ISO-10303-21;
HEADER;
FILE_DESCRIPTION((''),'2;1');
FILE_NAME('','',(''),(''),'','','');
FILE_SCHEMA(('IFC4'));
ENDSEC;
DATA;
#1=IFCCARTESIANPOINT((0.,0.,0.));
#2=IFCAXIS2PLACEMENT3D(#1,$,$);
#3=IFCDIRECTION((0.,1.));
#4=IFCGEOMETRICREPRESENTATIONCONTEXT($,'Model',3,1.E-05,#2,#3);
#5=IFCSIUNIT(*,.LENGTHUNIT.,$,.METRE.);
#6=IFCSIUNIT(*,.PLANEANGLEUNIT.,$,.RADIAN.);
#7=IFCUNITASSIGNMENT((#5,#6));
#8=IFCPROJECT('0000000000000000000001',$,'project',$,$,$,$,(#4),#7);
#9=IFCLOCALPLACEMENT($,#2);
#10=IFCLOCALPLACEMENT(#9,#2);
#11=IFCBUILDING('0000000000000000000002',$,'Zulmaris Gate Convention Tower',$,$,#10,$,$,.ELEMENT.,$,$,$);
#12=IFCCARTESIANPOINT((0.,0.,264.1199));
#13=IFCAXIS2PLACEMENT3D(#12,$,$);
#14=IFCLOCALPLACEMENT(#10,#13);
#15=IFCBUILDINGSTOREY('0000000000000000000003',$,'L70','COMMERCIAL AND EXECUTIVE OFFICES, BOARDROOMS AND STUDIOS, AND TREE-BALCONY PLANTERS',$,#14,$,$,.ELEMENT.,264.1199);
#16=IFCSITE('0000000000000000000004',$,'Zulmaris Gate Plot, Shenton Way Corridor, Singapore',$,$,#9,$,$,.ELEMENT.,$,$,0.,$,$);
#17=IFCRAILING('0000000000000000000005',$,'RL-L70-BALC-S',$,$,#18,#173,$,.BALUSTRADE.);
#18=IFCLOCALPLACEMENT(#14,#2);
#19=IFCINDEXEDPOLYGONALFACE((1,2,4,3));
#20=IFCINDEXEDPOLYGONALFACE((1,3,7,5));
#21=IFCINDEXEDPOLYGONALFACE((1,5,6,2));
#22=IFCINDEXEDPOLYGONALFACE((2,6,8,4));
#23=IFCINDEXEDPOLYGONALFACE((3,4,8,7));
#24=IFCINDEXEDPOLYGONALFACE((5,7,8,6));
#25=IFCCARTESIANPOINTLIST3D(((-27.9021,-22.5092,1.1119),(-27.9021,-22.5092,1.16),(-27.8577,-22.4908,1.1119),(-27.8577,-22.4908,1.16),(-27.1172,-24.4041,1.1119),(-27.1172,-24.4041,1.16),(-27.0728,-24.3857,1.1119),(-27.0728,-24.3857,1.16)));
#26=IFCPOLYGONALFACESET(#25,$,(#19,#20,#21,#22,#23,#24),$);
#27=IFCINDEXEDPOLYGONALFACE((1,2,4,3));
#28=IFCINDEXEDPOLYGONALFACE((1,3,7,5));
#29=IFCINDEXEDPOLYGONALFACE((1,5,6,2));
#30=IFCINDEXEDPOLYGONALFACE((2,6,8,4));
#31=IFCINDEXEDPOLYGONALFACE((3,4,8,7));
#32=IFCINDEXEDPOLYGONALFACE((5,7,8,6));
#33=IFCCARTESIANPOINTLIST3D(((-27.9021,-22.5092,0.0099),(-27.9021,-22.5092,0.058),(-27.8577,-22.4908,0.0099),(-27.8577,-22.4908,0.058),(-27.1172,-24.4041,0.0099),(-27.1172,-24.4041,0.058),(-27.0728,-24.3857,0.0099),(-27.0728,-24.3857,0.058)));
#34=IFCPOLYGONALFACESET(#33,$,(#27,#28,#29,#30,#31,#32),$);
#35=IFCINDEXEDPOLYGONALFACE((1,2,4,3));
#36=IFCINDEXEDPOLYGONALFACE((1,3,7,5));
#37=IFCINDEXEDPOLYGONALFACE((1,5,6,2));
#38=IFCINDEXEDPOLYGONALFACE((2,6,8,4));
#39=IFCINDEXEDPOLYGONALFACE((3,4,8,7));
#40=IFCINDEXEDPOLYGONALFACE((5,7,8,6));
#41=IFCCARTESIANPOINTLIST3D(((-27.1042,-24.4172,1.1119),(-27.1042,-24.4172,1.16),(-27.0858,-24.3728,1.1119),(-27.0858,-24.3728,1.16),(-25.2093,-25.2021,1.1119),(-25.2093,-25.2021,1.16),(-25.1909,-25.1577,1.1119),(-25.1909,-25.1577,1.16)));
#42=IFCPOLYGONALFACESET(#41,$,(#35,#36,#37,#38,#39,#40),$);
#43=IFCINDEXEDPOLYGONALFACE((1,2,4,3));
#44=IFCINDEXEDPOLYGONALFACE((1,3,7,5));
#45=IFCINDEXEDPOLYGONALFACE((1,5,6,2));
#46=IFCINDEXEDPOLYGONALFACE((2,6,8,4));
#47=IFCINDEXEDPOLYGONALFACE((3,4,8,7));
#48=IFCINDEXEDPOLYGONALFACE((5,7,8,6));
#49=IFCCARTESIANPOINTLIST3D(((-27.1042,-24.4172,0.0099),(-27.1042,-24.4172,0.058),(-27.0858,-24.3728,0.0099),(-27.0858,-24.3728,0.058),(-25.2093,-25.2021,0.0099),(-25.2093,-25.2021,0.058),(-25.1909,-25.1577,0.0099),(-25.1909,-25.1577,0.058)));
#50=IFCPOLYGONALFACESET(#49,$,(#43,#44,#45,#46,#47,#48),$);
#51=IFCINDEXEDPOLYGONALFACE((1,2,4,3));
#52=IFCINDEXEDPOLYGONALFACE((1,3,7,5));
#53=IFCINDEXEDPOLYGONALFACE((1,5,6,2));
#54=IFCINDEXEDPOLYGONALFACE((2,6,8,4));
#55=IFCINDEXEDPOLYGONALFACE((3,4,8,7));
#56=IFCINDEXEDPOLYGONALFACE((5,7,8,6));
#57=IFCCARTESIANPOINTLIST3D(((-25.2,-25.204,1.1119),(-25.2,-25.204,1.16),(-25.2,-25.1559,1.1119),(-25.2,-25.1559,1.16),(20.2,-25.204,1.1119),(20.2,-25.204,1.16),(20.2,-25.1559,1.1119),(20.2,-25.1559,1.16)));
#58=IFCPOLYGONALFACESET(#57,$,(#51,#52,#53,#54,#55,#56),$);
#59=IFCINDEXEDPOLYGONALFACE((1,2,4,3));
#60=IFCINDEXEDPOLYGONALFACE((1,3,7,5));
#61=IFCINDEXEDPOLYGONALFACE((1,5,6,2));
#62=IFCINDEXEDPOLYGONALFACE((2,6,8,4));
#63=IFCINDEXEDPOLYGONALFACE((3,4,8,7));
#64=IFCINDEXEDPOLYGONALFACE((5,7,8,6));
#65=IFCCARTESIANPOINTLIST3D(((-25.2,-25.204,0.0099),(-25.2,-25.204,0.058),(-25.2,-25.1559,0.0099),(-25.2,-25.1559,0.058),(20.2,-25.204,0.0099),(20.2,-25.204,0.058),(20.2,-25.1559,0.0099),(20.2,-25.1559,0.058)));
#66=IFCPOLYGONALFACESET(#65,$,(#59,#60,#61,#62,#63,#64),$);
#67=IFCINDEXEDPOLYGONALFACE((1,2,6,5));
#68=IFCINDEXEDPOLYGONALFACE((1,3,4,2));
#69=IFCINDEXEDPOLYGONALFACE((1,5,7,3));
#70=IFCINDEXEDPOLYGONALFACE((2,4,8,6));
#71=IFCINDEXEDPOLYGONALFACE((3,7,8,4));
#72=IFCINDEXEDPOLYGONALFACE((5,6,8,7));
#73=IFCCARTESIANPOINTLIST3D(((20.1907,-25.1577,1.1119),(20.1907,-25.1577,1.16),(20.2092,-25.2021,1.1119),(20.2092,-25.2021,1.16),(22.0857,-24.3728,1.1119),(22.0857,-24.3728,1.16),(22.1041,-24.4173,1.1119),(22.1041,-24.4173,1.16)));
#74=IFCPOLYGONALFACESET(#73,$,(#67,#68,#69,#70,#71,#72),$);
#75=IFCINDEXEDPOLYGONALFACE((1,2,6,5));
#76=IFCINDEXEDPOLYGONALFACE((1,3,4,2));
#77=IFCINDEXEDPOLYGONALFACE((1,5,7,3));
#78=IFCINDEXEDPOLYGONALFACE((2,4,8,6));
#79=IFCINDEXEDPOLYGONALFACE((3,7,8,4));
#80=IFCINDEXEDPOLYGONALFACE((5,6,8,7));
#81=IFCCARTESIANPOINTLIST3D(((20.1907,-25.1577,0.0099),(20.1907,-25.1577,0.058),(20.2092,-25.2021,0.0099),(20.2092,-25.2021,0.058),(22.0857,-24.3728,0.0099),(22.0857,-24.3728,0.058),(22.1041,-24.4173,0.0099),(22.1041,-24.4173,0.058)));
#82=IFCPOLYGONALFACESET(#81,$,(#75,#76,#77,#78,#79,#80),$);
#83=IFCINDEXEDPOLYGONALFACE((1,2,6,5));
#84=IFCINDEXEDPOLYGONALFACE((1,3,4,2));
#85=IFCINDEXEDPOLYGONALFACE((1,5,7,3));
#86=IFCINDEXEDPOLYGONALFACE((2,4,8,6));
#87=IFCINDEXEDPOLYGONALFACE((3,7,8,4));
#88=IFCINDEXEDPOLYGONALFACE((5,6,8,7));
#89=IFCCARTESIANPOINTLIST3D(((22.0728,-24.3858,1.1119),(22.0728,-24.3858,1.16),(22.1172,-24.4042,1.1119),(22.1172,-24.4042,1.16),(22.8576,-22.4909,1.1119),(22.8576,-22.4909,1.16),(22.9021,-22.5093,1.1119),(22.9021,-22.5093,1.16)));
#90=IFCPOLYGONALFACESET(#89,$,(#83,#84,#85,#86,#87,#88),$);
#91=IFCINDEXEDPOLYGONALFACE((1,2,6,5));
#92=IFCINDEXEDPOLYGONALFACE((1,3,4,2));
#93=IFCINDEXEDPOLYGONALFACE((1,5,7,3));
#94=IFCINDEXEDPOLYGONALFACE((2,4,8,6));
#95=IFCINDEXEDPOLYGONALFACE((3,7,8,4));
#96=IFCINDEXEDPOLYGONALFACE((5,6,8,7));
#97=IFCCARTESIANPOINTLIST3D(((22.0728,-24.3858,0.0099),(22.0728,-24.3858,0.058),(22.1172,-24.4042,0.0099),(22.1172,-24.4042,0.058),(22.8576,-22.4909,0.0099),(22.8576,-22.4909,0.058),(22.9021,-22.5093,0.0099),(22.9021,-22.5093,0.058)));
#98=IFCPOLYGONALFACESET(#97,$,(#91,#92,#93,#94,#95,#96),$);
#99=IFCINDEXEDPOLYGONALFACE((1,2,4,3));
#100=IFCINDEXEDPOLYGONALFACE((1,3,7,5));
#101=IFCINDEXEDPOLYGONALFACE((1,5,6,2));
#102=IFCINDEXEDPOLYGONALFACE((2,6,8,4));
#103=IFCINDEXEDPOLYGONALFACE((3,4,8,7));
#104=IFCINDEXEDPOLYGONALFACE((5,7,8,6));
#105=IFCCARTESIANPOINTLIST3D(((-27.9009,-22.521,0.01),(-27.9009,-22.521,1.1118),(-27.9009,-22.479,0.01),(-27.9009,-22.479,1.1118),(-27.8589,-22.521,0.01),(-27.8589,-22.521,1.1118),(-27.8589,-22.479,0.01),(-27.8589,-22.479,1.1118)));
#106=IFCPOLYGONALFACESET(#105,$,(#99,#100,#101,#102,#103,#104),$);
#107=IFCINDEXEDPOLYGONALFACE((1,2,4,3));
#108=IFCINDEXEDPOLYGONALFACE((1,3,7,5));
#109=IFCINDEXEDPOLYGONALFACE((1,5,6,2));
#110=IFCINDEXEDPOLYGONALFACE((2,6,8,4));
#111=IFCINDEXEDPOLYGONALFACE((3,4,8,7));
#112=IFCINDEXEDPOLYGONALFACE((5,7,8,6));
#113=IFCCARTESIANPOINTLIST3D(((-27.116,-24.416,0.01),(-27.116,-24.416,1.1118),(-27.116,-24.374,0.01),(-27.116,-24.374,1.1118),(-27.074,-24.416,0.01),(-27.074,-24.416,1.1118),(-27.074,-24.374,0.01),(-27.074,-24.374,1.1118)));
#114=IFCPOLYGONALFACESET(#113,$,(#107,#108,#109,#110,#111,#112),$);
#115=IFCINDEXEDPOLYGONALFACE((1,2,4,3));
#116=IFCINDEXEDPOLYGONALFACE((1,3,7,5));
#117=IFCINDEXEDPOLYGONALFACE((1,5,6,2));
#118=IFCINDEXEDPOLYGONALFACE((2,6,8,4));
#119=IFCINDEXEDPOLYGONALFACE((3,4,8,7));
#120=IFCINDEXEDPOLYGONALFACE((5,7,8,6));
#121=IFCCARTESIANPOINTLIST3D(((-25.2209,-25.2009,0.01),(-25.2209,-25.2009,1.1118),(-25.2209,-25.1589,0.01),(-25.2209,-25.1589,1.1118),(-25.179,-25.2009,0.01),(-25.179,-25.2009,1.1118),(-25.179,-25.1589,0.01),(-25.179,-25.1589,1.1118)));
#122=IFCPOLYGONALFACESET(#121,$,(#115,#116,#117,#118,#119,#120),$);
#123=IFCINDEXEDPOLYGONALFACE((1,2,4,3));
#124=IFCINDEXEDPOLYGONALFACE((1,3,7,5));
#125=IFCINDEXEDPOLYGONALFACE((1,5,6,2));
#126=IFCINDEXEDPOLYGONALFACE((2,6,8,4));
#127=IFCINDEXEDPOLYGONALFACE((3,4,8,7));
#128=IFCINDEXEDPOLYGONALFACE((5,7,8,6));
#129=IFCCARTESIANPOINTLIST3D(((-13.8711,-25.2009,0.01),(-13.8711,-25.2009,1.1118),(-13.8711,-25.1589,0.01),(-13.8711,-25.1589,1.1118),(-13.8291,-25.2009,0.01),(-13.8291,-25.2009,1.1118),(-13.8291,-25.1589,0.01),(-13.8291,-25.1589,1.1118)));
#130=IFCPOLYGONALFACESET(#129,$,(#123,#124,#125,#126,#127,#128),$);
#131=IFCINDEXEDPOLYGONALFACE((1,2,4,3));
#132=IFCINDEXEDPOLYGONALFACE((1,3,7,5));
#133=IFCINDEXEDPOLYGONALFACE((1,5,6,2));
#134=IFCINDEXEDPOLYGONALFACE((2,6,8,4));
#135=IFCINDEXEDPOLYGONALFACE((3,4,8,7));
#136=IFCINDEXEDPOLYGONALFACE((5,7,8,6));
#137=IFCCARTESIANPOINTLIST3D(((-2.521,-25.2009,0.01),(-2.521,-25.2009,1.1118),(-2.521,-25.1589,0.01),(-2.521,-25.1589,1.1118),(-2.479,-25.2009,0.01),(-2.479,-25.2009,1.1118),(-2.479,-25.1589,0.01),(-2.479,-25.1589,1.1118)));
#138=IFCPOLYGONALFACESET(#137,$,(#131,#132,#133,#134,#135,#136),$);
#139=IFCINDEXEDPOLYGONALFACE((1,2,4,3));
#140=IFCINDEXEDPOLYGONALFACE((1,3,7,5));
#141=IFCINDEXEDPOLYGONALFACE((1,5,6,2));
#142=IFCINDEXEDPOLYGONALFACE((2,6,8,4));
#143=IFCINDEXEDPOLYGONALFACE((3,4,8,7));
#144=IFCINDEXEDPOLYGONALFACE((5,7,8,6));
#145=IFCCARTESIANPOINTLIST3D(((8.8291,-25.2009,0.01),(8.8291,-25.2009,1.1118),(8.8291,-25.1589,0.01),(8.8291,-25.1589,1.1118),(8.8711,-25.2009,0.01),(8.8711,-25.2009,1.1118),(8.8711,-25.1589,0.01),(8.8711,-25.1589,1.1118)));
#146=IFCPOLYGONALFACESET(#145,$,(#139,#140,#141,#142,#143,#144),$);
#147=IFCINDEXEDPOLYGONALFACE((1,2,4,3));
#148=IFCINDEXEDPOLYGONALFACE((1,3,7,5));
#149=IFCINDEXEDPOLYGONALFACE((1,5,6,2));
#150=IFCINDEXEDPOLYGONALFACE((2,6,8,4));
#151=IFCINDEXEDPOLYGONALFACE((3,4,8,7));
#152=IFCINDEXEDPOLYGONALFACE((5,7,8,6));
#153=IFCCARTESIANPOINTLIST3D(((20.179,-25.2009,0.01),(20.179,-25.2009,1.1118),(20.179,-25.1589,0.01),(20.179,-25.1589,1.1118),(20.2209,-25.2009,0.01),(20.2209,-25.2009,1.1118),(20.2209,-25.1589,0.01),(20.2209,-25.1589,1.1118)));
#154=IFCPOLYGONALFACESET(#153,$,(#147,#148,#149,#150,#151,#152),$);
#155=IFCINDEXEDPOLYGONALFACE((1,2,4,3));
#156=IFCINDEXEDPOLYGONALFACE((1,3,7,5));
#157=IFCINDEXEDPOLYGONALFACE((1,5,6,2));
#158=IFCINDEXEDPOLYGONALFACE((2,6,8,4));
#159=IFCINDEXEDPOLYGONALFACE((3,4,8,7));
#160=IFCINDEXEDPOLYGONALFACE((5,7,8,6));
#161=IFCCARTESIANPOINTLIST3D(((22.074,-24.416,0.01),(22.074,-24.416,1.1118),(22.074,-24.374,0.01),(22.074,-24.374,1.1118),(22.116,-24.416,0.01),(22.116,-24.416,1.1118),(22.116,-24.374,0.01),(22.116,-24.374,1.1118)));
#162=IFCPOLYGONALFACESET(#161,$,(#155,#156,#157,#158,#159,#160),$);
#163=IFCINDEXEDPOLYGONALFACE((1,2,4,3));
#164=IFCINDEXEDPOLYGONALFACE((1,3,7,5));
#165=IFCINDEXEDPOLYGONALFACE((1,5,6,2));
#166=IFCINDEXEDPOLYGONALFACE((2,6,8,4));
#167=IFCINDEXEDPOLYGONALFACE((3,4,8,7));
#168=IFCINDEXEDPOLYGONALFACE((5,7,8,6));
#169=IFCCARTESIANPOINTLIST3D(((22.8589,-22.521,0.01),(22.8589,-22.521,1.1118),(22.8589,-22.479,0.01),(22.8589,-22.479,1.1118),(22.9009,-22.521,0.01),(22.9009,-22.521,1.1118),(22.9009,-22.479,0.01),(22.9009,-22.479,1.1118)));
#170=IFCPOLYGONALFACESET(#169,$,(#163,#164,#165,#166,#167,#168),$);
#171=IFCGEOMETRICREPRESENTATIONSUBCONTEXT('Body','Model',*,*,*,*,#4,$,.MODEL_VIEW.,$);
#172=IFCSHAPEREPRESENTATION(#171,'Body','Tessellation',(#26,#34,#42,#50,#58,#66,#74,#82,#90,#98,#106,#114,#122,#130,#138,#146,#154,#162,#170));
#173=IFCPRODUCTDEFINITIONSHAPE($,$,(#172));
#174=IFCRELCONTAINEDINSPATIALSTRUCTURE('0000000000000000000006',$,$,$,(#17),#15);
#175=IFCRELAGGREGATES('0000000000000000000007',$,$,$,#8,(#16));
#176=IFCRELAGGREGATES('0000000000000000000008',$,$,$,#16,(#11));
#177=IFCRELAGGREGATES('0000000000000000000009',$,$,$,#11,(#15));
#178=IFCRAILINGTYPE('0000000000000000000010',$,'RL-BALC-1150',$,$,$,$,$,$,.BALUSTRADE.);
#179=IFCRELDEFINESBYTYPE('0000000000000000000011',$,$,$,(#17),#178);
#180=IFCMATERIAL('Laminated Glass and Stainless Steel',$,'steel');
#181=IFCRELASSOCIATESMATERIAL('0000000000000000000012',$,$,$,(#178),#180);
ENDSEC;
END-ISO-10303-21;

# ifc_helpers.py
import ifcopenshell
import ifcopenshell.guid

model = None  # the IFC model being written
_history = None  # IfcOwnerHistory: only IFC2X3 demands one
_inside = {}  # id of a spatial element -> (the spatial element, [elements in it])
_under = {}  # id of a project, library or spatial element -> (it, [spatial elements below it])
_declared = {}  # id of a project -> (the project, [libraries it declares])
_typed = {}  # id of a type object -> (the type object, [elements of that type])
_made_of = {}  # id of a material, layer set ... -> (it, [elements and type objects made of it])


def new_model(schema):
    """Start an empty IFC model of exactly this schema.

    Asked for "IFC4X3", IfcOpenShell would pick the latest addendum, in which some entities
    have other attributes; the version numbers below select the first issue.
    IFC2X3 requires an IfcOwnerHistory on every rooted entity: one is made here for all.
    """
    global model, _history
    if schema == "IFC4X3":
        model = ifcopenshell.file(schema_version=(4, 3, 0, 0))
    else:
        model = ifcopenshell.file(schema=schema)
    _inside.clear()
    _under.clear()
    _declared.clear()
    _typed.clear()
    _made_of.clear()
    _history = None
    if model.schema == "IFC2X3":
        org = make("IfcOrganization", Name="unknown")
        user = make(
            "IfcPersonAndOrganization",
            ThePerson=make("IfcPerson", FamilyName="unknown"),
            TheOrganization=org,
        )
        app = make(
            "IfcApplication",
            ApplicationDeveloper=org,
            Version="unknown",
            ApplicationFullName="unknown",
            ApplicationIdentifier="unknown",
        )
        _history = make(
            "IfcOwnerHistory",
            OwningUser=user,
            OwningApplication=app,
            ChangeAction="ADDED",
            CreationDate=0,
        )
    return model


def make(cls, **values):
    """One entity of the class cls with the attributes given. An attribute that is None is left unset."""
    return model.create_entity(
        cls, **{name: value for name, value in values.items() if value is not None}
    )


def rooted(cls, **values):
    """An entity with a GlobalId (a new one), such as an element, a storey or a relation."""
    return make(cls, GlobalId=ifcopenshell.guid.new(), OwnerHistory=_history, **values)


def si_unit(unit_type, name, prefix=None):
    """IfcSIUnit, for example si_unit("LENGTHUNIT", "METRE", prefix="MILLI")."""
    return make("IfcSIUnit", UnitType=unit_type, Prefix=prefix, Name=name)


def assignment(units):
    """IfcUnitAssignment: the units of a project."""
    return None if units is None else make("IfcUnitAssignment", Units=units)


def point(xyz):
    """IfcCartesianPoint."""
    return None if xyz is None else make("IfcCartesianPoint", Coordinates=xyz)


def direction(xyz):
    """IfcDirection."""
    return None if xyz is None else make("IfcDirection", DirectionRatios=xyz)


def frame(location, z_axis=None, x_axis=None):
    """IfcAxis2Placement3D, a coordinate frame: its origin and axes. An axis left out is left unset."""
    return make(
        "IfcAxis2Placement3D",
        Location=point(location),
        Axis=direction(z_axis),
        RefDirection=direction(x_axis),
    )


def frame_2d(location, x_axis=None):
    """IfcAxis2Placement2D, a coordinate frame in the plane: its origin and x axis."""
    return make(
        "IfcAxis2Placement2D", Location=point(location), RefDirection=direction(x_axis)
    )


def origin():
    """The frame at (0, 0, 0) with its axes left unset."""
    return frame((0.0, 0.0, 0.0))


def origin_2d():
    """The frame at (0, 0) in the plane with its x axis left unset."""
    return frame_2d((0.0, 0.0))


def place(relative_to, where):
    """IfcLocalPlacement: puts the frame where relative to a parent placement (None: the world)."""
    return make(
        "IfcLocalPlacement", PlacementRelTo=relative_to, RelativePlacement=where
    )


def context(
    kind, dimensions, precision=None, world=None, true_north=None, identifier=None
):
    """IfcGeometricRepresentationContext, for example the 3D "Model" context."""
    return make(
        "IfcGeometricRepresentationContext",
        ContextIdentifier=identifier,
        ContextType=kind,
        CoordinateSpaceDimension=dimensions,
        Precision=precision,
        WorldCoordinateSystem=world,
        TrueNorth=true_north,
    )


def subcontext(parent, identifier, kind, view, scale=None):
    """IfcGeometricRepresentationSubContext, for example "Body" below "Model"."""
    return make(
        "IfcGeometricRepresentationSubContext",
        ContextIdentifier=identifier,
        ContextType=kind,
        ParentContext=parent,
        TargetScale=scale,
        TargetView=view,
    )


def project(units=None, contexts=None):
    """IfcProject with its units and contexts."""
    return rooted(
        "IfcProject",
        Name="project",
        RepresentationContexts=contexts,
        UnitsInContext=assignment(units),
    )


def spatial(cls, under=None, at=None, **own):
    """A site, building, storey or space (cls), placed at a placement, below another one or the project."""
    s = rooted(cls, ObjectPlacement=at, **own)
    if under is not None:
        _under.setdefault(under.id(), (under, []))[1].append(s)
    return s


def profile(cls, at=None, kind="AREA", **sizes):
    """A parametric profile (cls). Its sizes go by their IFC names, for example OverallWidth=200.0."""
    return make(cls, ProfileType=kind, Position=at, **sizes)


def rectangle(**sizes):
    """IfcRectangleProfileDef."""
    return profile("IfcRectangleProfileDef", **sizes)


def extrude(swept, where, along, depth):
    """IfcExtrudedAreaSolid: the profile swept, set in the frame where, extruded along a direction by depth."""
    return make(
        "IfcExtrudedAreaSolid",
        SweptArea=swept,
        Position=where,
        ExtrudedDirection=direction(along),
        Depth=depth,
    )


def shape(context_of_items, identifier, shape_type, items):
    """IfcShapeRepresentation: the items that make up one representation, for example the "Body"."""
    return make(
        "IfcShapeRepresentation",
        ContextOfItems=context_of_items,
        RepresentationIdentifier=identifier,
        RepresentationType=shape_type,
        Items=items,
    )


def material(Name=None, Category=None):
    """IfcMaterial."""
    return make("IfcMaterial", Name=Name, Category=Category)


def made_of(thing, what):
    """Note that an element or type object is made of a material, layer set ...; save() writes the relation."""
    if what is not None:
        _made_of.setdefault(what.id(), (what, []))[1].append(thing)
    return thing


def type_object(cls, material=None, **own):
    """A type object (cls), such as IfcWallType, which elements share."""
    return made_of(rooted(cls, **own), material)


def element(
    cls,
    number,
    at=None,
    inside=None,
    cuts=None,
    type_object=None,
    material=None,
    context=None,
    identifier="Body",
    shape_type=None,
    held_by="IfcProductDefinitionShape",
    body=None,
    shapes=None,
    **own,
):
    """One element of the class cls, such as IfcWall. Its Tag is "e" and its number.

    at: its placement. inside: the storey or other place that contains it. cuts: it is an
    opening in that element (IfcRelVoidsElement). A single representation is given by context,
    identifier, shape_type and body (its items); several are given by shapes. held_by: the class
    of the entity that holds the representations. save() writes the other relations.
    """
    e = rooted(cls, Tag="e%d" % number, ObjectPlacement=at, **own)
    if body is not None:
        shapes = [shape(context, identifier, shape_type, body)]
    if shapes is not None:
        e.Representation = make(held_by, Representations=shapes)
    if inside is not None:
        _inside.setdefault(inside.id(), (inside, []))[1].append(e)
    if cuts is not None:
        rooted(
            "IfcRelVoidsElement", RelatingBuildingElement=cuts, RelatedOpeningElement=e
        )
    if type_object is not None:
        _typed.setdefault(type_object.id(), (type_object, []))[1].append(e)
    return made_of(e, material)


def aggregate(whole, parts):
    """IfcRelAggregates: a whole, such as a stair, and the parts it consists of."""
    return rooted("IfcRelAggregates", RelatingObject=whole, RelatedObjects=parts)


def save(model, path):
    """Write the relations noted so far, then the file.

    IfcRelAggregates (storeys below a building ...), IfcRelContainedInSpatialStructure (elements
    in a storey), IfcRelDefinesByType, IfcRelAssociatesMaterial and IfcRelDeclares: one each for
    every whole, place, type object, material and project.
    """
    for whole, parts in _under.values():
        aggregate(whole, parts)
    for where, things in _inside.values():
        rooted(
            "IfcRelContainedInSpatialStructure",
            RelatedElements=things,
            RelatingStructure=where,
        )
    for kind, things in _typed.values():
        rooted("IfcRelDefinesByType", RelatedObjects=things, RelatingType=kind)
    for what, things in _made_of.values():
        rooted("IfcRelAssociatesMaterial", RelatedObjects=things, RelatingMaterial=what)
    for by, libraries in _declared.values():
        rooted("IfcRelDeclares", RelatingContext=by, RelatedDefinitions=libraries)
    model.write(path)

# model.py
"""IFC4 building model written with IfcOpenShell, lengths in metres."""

from ifc_helpers import new_model, si_unit, direction, frame, origin, origin_2d, place, context, subcontext, project, spatial, rectangle, extrude, material, type_object, element, save


model = new_model("IFC4")

# Units and contexts
model_context = context("Model", 3, precision=1e-05, world=origin(), true_north=direction((0.0, 1.0)))
body_context = subcontext(model_context, "Body", "Model", "MODEL_VIEW")
ifc_project = project(units=[si_unit("LENGTHUNIT", "METRE"), si_unit("PLANEANGLEUNIT", "RADIAN")], contexts=[model_context])

# Site, building, storey
site_placement = place(None, origin())
site = spatial("IfcSite", under=ifc_project, at=site_placement, Name="Zulmaris Gate Plot, Shenton Way Corridor, Singapore", CompositionType="ELEMENT", RefElevation=0.0)
building_placement = place(site_placement, origin())
building = spatial("IfcBuilding", under=site, at=building_placement, Name="Zulmaris Gate Convention Tower", CompositionType="ELEMENT")
storey_placement = place(building_placement, frame((0.0, 0.0, 264.1199)))
storey = spatial("IfcBuildingStorey", under=building, at=storey_placement, Name="L70", Description="COMMERCIAL AND EXECUTIVE OFFICES, BOARDROOMS AND STUDIOS, AND TREE-BALCONY PLANTERS", CompositionType="ELEMENT", Elevation=264.1199)

# Railing
ifc_material_1 = material(Name="Laminated Glass and Stainless Steel", Category="steel")
railing_type = type_object("IfcRailingType", Name="RL-BALC-1150", PredefinedType="BALUSTRADE", material=ifc_material_1)
railing_placement = place(storey_placement, frame((-27.8799, -22.5, 0.01)))
element("IfcRailing", 1, at=railing_placement, inside=storey, type_object=railing_type, Name="RL-L70-BALC-S", PredefinedType="BALUSTRADE", context=body_context, shape_type="SweptSolid", body=[
    extrude(rectangle(XDim=0.0481, YDim=0.0481, at=origin_2d()), frame((0.0, 0.0, 1.126), z_axis=(0.382671, -0.923885, 0.0), x_axis=(0.923885, 0.382671, 0.0)), (0.0, 0.0, 1.0), 2.051),
    extrude(rectangle(XDim=0.0481, YDim=0.0481, at=origin_2d()), frame((0.0, 0.0, 0.0239), z_axis=(0.382671, -0.923885, 0.0), x_axis=(0.923885, 0.382671, 0.0)), (0.0, 0.0, 1.0), 2.051),
    extrude(rectangle(XDim=0.0481, YDim=0.0481, at=origin_2d()), frame((0.7849, -1.895, 1.126), z_axis=(0.923885, -0.382671, 0.0), x_axis=(0.382671, 0.923885, 0.0)), (0.0, 0.0, 1.0), 2.051),
    extrude(rectangle(XDim=0.0481, YDim=0.0481, at=origin_2d()), frame((0.7849, -1.895, 0.0239), z_axis=(0.923885, -0.382671, 0.0), x_axis=(0.382671, 0.923885, 0.0)), (0.0, 0.0, 1.0), 2.051),
    extrude(rectangle(XDim=0.0481, YDim=0.0481, at=origin_2d()), frame((2.6799, -2.6799, 1.126), z_axis=(1.0, 0.0, 0.0), x_axis=(0.0, 1.0, 0.0)), (0.0, 0.0, 1.0), 45.3999),
    extrude(rectangle(XDim=0.0481, YDim=0.0481, at=origin_2d()), frame((2.6799, -2.6799, 0.0239), z_axis=(1.0, 0.0, 0.0), x_axis=(0.0, 1.0, 0.0)), (0.0, 0.0, 1.0), 45.3999),
    extrude(rectangle(XDim=0.0481, YDim=0.0481, at=origin_2d()), frame((48.0798, -2.6799, 1.126), z_axis=(0.923885, 0.382671, 0.0), x_axis=(-0.382671, 0.923885, 0.0)), (0.0, 0.0, 1.0), 2.051),
    extrude(rectangle(XDim=0.0481, YDim=0.0481, at=origin_2d()), frame((48.0798, -2.6799, 0.0239), z_axis=(0.923885, 0.382671, 0.0), x_axis=(-0.382671, 0.923885, 0.0)), (0.0, 0.0, 1.0), 2.051),
    extrude(rectangle(XDim=0.0481, YDim=0.0481, at=origin_2d()), frame((49.9749, -1.895, 1.126), z_axis=(0.382671, 0.923885, 0.0), x_axis=(-0.923885, 0.382671, 0.0)), (0.0, 0.0, 1.0), 2.051),
    extrude(rectangle(XDim=0.0481, YDim=0.0481, at=origin_2d()), frame((49.9749, -1.895, 0.0239), z_axis=(0.382671, 0.923885, 0.0), x_axis=(-0.923885, 0.382671, 0.0)), (0.0, 0.0, 1.0), 2.051),
    extrude(rectangle(XDim=0.042, YDim=0.042, at=origin_2d()), origin(), (0.0, 0.0, 1.0), 1.1018),
    extrude(rectangle(XDim=0.042, YDim=0.042, at=origin_2d()), frame((0.7849, -1.895, 0.0)), (0.0, 0.0, 1.0), 1.1018),
    extrude(rectangle(XDim=0.042, YDim=0.042, at=origin_2d()), frame((2.6799, -2.6799, 0.0)), (0.0, 0.0, 1.0), 1.1018),
    extrude(rectangle(XDim=0.042, YDim=0.042, at=origin_2d()), frame((14.0298, -2.6799, 0.0)), (0.0, 0.0, 1.0), 1.1018),
    extrude(rectangle(XDim=0.042, YDim=0.042, at=origin_2d()), frame((25.3799, -2.6799, 0.0)), (0.0, 0.0, 1.0), 1.1018),
    extrude(rectangle(XDim=0.042, YDim=0.042, at=origin_2d()), frame((36.73, -2.6799, 0.0)), (0.0, 0.0, 1.0), 1.1018),
    extrude(rectangle(XDim=0.042, YDim=0.042, at=origin_2d()), frame((48.0798, -2.6799, 0.0)), (0.0, 0.0, 1.0), 1.1018),
    extrude(rectangle(XDim=0.042, YDim=0.042, at=origin_2d()), frame((49.9749, -1.895, 0.0)), (0.0, 0.0, 1.0), 1.1018),
    extrude(rectangle(XDim=0.042, YDim=0.042, at=origin_2d()), frame((50.7598, 0.0, 0.0)), (0.0, 0.0, 1.0), 1.1018),
])

save(model, "model.ifc")
